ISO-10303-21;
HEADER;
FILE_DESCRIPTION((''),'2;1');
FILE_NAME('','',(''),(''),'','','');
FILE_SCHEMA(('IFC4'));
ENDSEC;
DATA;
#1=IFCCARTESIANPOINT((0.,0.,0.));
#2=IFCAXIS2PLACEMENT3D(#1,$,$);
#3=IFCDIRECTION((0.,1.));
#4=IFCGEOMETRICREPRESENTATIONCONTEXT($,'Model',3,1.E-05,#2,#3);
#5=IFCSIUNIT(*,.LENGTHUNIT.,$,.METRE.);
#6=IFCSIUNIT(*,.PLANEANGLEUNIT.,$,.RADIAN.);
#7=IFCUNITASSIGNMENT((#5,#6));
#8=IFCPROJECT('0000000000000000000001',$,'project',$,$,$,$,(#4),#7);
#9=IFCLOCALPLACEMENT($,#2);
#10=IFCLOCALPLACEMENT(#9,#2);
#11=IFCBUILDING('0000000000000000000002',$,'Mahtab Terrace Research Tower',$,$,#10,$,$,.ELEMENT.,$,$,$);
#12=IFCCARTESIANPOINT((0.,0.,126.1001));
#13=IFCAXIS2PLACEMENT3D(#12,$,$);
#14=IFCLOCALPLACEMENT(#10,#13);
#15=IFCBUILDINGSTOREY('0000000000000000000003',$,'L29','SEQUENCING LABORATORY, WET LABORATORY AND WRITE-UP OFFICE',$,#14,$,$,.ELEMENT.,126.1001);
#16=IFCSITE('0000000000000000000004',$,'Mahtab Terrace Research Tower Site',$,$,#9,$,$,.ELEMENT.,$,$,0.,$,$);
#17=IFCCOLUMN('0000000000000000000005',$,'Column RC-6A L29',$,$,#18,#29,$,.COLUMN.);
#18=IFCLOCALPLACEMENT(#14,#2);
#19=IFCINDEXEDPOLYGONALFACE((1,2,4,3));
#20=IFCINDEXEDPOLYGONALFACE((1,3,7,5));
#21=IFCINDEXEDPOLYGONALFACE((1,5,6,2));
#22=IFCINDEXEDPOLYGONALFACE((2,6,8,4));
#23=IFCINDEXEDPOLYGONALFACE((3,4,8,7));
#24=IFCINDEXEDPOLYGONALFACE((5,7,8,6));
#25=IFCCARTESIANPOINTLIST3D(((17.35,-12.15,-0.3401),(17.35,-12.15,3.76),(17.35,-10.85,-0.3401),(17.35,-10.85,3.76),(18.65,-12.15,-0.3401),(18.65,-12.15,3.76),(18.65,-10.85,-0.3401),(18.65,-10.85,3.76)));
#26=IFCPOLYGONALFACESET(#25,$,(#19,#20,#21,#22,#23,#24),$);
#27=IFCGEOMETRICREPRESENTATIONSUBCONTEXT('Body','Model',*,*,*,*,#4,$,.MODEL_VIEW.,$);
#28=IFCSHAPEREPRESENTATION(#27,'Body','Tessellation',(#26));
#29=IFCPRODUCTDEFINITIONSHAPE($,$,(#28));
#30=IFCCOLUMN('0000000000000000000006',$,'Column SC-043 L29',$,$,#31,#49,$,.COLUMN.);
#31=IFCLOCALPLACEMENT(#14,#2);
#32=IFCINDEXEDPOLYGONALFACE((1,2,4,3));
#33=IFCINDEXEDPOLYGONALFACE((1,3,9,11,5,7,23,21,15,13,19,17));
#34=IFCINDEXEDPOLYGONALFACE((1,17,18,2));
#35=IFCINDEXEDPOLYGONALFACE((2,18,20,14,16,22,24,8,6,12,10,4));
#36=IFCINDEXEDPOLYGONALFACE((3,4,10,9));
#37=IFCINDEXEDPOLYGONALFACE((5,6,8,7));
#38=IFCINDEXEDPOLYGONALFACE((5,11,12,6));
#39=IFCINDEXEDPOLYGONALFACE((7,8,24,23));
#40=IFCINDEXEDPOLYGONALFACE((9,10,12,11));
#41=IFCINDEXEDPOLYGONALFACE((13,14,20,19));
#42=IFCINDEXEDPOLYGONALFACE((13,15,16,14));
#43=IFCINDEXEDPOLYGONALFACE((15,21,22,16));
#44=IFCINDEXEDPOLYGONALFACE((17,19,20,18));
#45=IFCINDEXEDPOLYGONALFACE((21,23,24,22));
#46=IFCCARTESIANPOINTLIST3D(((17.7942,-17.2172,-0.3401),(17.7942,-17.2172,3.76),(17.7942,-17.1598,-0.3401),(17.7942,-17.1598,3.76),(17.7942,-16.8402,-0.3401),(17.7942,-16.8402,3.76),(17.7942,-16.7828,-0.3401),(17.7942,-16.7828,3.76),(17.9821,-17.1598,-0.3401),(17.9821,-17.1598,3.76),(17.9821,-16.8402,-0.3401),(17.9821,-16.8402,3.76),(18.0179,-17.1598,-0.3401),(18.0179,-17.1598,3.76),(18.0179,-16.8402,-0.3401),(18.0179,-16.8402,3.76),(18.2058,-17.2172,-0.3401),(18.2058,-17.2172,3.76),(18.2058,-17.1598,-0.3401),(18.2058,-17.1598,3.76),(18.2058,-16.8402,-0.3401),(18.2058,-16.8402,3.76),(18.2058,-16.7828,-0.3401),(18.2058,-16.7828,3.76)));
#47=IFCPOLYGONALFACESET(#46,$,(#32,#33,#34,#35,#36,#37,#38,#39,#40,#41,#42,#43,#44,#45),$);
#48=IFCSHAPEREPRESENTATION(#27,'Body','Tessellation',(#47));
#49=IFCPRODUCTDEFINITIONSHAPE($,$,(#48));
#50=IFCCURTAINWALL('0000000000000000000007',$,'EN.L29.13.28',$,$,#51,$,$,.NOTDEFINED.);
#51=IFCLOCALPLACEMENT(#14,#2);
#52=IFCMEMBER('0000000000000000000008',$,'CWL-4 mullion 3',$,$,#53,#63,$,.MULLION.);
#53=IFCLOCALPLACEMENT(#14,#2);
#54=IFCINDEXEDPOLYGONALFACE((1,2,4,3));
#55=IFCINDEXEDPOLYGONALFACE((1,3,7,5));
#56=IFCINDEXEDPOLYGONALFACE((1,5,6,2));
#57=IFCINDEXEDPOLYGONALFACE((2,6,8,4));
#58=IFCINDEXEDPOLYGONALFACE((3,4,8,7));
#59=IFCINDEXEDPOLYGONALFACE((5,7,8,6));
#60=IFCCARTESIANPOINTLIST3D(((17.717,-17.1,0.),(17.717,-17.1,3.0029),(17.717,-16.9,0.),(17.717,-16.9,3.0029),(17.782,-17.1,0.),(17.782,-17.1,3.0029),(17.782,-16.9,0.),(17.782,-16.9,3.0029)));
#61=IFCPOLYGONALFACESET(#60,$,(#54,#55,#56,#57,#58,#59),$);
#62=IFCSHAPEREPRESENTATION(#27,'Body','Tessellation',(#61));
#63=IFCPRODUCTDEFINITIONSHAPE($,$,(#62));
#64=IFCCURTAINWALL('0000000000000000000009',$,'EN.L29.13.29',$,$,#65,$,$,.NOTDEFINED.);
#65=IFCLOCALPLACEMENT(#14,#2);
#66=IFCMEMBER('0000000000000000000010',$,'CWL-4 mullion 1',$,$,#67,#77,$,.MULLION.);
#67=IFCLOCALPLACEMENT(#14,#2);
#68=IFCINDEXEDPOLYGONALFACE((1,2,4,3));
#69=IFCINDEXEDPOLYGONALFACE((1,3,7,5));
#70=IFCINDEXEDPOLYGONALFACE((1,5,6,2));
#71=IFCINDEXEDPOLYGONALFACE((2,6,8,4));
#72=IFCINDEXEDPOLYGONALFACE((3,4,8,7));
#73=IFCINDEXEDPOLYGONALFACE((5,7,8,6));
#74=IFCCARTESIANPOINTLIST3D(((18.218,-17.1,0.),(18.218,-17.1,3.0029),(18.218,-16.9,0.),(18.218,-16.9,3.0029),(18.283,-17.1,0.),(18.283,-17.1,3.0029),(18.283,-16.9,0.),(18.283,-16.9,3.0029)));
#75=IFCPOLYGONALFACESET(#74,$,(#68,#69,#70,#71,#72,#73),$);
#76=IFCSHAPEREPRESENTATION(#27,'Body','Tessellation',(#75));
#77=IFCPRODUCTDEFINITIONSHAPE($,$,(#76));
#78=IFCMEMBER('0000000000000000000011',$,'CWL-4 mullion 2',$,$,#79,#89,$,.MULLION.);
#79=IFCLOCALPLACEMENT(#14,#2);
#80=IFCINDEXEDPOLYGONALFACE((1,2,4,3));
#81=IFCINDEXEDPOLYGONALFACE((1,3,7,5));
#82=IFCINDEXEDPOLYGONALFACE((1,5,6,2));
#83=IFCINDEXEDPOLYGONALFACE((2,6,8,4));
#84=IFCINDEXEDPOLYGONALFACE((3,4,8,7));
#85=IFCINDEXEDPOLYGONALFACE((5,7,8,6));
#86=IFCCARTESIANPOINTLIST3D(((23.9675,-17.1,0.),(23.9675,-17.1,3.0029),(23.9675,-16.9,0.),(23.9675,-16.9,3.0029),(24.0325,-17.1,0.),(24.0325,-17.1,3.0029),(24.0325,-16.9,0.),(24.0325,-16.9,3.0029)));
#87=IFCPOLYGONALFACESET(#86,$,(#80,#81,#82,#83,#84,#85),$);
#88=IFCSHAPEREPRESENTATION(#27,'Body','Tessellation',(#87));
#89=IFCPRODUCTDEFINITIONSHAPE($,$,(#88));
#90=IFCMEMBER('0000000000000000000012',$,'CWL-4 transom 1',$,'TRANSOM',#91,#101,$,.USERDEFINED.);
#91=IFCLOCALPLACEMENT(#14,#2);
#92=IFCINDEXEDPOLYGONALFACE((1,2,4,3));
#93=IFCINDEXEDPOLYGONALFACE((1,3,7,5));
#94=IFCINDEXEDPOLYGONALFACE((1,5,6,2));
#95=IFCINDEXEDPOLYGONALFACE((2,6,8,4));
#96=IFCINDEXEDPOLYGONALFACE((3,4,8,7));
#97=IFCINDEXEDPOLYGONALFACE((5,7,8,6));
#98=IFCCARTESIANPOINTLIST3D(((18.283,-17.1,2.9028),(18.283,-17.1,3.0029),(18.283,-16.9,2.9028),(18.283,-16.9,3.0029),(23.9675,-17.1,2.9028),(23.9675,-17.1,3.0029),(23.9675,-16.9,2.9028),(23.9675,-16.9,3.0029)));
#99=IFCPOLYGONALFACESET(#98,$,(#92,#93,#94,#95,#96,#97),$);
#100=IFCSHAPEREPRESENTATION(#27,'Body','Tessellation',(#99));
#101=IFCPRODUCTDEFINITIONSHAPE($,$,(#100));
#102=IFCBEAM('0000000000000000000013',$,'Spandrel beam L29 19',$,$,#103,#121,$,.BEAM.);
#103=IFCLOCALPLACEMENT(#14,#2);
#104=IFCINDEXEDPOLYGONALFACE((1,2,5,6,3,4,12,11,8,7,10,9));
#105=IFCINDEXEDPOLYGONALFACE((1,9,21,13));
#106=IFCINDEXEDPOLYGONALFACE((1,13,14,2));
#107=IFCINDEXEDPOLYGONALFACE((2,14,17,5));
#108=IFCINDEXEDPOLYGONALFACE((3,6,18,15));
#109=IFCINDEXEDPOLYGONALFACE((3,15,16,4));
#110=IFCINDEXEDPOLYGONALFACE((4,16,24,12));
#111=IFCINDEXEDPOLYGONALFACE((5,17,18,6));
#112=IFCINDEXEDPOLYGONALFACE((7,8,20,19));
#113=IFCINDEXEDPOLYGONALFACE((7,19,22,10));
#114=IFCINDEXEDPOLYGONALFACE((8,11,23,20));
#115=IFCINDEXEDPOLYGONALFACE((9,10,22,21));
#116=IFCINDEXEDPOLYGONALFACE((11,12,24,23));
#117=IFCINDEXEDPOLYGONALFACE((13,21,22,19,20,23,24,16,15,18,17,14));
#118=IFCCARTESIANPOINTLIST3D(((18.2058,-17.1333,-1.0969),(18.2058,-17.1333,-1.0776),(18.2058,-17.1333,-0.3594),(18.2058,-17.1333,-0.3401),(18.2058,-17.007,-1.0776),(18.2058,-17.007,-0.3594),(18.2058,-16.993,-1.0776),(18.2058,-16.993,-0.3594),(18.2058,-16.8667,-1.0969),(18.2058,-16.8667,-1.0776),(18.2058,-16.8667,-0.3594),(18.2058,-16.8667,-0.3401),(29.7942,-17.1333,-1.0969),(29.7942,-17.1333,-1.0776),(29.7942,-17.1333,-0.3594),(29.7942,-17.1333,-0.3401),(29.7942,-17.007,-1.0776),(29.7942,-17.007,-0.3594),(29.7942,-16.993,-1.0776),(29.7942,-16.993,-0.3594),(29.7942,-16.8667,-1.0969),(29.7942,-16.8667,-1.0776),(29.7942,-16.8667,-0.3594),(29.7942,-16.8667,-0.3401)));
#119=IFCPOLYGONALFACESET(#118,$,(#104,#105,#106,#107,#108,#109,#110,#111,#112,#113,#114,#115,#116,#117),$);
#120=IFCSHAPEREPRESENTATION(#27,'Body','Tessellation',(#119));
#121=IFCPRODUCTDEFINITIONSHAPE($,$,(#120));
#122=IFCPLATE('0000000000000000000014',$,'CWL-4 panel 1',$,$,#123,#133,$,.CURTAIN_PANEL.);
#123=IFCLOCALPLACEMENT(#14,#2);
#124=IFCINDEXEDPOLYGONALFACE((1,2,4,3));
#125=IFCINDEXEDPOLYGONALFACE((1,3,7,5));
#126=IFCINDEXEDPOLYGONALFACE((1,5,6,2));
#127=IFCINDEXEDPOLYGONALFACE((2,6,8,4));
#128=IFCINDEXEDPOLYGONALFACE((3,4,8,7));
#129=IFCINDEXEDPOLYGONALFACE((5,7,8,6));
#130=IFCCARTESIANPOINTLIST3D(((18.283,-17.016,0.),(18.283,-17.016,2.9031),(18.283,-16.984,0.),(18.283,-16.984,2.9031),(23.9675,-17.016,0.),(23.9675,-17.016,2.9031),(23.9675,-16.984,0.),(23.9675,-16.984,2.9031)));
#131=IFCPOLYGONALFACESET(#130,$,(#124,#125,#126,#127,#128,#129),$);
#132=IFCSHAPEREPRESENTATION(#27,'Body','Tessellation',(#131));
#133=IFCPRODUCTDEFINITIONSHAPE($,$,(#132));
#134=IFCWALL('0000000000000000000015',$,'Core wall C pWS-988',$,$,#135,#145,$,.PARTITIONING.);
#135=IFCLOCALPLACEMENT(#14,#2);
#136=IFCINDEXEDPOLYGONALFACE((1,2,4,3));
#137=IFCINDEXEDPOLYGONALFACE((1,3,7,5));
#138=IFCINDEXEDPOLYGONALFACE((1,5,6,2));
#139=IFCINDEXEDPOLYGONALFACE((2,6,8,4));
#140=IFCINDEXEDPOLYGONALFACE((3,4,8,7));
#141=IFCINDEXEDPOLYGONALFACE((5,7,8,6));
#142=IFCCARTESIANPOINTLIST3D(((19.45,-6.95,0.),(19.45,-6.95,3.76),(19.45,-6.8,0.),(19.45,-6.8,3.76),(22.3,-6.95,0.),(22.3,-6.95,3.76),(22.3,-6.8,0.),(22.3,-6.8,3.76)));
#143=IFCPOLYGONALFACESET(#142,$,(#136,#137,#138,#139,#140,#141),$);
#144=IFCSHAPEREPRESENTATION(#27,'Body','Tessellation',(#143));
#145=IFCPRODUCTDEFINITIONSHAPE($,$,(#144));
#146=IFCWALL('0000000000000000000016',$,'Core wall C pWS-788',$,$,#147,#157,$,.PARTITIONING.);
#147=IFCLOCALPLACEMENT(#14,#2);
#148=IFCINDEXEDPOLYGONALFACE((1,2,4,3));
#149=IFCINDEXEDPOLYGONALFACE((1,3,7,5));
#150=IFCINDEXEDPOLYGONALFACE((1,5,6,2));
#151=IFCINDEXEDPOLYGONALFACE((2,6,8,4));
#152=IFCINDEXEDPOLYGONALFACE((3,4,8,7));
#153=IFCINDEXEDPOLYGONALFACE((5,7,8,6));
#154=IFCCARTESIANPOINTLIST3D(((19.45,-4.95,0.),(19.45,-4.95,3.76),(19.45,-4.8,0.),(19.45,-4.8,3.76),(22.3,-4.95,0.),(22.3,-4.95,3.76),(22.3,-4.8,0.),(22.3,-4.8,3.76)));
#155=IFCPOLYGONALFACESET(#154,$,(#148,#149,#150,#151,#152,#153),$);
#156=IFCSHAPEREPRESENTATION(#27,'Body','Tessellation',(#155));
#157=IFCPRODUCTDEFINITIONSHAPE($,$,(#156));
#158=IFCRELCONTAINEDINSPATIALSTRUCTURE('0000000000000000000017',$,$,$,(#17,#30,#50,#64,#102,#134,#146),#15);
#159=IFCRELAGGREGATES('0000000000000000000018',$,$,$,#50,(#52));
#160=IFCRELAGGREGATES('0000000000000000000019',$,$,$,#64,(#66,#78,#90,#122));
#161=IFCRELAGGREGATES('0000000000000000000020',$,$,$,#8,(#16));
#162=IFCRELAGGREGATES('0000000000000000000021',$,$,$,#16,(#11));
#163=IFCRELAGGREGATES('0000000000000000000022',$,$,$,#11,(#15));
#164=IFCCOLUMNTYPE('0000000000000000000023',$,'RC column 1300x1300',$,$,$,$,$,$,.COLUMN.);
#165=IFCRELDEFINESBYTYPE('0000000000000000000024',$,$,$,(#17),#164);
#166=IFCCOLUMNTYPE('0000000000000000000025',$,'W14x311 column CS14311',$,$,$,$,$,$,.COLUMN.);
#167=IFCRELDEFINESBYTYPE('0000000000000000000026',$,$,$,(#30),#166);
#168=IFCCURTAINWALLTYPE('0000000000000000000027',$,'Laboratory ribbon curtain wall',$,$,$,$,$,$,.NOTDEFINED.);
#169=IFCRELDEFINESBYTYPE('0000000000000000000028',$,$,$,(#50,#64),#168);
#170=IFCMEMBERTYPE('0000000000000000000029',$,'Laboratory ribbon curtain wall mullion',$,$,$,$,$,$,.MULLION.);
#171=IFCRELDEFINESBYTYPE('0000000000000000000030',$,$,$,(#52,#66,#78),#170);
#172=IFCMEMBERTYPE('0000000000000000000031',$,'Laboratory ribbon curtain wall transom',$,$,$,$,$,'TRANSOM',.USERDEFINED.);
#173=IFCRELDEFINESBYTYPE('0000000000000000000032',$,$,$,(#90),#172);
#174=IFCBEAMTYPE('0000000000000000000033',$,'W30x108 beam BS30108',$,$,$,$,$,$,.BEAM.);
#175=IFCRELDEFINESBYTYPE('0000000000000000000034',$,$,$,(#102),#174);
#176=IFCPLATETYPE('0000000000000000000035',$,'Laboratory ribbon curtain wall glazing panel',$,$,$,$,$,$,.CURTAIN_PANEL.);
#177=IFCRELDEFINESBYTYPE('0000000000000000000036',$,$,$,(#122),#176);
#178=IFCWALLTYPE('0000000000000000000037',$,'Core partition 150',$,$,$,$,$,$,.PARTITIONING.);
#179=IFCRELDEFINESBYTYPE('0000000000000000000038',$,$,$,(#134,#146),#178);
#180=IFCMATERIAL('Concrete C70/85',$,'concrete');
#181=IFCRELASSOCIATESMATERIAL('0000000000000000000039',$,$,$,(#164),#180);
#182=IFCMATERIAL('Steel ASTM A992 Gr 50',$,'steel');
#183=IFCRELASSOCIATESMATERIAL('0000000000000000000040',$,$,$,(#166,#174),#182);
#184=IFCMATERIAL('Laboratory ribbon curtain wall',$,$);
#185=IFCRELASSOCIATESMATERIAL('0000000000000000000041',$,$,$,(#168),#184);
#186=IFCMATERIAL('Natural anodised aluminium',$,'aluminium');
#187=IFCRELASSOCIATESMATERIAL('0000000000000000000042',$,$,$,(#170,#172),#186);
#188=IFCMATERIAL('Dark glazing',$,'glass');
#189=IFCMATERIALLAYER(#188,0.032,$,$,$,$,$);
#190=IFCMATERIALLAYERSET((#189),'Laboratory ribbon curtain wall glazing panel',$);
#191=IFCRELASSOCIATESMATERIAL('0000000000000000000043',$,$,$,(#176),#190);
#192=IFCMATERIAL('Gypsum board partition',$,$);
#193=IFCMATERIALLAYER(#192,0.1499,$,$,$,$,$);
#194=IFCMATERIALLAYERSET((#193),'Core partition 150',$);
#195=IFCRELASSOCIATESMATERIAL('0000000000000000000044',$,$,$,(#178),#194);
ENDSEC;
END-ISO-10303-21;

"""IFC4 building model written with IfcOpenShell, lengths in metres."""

from ifc_helpers import new_model, si_unit, direction, frame, frame_2d, origin, origin_2d, place, context, subcontext, project, spatial, rectangle, i_section, extrude, material, layer, layer_set, material_profile, profile_set, type_object, element, aggregate, save


model = new_model("IFC4")

# Units and contexts
model_context = context("Model", 3, precision=1e-05, world=origin(), true_north=direction((0.0, 1.0)))
body_context = subcontext(model_context, "Body", "Model", "MODEL_VIEW")
ifc_project = project(units=[si_unit("LENGTHUNIT", "METRE"), si_unit("PLANEANGLEUNIT", "RADIAN")], contexts=[model_context])

# Site, building, storey
site_placement = place(None, origin())
site = spatial("IfcSite", under=ifc_project, at=site_placement, Name="Mahtab Terrace Research Tower Site", CompositionType="ELEMENT", RefElevation=0.0)
building_placement = place(site_placement, origin())
building = spatial("IfcBuilding", under=site, at=building_placement, Name="Mahtab Terrace Research Tower", CompositionType="ELEMENT")
storey_placement = place(building_placement, frame((0.0, 0.0, 126.1001)))
storey = spatial("IfcBuildingStorey", under=building, at=storey_placement, Name="L29", Description="SEQUENCING LABORATORY, WET LABORATORY AND WRITE-UP OFFICE", CompositionType="ELEMENT", Elevation=126.1001)

# Columns
ifc_material_1 = material(Name="Concrete C70/85", Category="concrete")
ifc_material_profile_1 = material_profile(ifc_material_1, rectangle(XDim=1.3, YDim=1.3, at=origin_2d()), Name="RC column 1300x1300")
ifc_profile_set_1 = profile_set([ifc_material_profile_1], Name="Concrete C70/85")
column_type_1 = type_object("IfcColumnType", Name="RC column 1300x1300", PredefinedType="COLUMN", material=ifc_profile_set_1)
column_1_placement = place(storey_placement, frame((18.0, -11.5, -0.3401), z_axis=(0.0, 0.0, 1.0), x_axis=(1.0, 0.0, 0.0)))
element("IfcColumn", 1, at=column_1_placement, inside=storey, type_object=column_type_1, Name="Column RC-6A L29", PredefinedType="COLUMN", context=body_context, shape_type="SweptSolid", body=[
    extrude(rectangle(XDim=1.3, YDim=1.3, at=origin_2d()), origin(), (0.0, 0.0, 1.0), 4.1001),
])
ifc_material_2 = material(Name="Steel ASTM A992 Gr 50", Category="steel")
ifc_material_profile_2 = material_profile(ifc_material_2, i_section(OverallWidth=0.4116, OverallDepth=0.4343, WebThickness=0.0359, FlangeThickness=0.0574, at=origin_2d()), Name="W14X311")
ifc_profile_set_2 = profile_set([ifc_material_profile_2], Name="Steel ASTM A992 Gr 50")
column_type_2 = type_object("IfcColumnType", Name="W14x311 column CS14311", PredefinedType="COLUMN", material=ifc_profile_set_2)
column_2_placement = place(storey_placement, frame((18.0, -17.0, -0.3401), z_axis=(0.0, 0.0, 1.0), x_axis=(1.0, 0.0, 0.0)))
element("IfcColumn", 2, at=column_2_placement, inside=storey, type_object=column_type_2, Name="Column SC-043 L29", PredefinedType="COLUMN", context=body_context, shape_type="SweptSolid", body=[
    extrude(i_section(OverallWidth=0.4116, OverallDepth=0.4343, WebThickness=0.0359, FlangeThickness=0.0574, at=origin_2d()), origin(), (0.0, 0.0, 1.0), 4.1001),
])

# Curtain wall, member
ifc_material_3 = material(Name="Laboratory ribbon curtain wall")
curtain_wall_type = type_object("IfcCurtainWallType", Name="Laboratory ribbon curtain wall", PredefinedType="NOTDEFINED", material=ifc_material_3)
curtain_wall_1_placement = place(storey_placement, origin())
curtain_wall_1 = element("IfcCurtainWall", 3, at=curtain_wall_1_placement, inside=storey, type_object=curtain_wall_type, Name="EN.L29.13.28", PredefinedType="NOTDEFINED")
ifc_material_4 = material(Name="Natural anodised aluminium", Category="aluminium")
ifc_material_profile_3 = material_profile(ifc_material_4, rectangle(XDim=0.2, YDim=0.0649, at=origin_2d()), Name="MULLION 65x200")
ifc_profile_set_3 = profile_set([ifc_material_profile_3], Name="Natural anodised aluminium")
member_type_1 = type_object("IfcMemberType", Name="Laboratory ribbon curtain wall mullion", PredefinedType="MULLION", material=ifc_profile_set_3)
member_1_placement = place(storey_placement, frame((17.7495, -17.0, 0.0), z_axis=(0.0, 0.0, 1.0), x_axis=(0.0, 1.0, 0.0)))
member_1 = element("IfcMember", 4, at=member_1_placement, type_object=member_type_1, Name="CWL-4 mullion 3", PredefinedType="MULLION", context=body_context, shape_type="SweptSolid", body=[
    extrude(rectangle(XDim=0.2, YDim=0.0649, at=origin_2d()), origin(), (0.0, 0.0, 1.0), 3.0029),
])
aggregate(curtain_wall_1, [member_1])

# Curtain wall, members
curtain_wall_2_placement = place(storey_placement, origin())
curtain_wall_2 = element("IfcCurtainWall", 5, at=curtain_wall_2_placement, inside=storey, type_object=curtain_wall_type, Name="EN.L29.13.29", PredefinedType="NOTDEFINED")
member_2_placement = place(storey_placement, frame((18.2505, -17.0, 0.0), z_axis=(0.0, 0.0, 1.0), x_axis=(0.0, 1.0, 0.0)))
member_2 = element("IfcMember", 6, at=member_2_placement, type_object=member_type_1, Name="CWL-4 mullion 1", PredefinedType="MULLION", context=body_context, shape_type="SweptSolid", body=[
    extrude(rectangle(XDim=0.2, YDim=0.0649, at=origin_2d()), origin(), (0.0, 0.0, 1.0), 3.0029),
])
member_3_placement = place(storey_placement, frame((24.0, -17.0, 0.0), z_axis=(0.0, 0.0, 1.0), x_axis=(0.0, 1.0, 0.0)))
member_3 = element("IfcMember", 7, at=member_3_placement, type_object=member_type_1, Name="CWL-4 mullion 2", PredefinedType="MULLION", context=body_context, shape_type="SweptSolid", body=[
    extrude(rectangle(XDim=0.2, YDim=0.0649, at=origin_2d()), origin(), (0.0, 0.0, 1.0), 3.0029),
])
ifc_material_profile_4 = material_profile(ifc_material_4, rectangle(XDim=0.2, YDim=0.1001, at=origin_2d()), Name="TRANSOM 100x200")
ifc_profile_set_4 = profile_set([ifc_material_profile_4], Name="Natural anodised aluminium")
member_type_2 = type_object("IfcMemberType", Name="Laboratory ribbon curtain wall transom", ElementType="TRANSOM", PredefinedType="USERDEFINED", material=ifc_profile_set_4)
member_4_placement = place(storey_placement, frame((18.283, -17.0, 2.9529), z_axis=(1.0, 0.0, 0.0), x_axis=(0.0, 1.0, 0.0)))
member_4 = element("IfcMember", 8, at=member_4_placement, type_object=member_type_2, Name="CWL-4 transom 1", ObjectType="TRANSOM", PredefinedType="USERDEFINED", context=body_context, shape_type="SweptSolid", body=[
    extrude(rectangle(XDim=0.2, YDim=0.1001, at=origin_2d()), origin(), (0.0, 0.0, 1.0), 5.6846),
])

# Beam
ifc_material_profile_5 = material_profile(ifc_material_2, i_section(OverallWidth=0.2666, OverallDepth=0.7568, WebThickness=0.0139, FlangeThickness=0.0193, at=origin_2d()), Name="W30X108")
ifc_profile_set_5 = profile_set([ifc_material_profile_5], Name="Steel ASTM A992 Gr 50")
beam_type = type_object("IfcBeamType", Name="W30x108 beam BS30108", PredefinedType="BEAM", material=ifc_profile_set_5)
beam_placement = place(storey_placement, frame((18.2058, -17.0, -0.7185), z_axis=(1.0, 0.0, 0.0), x_axis=(0.0, 1.0, 0.0)))
element("IfcBeam", 9, at=beam_placement, inside=storey, type_object=beam_type, Name="Spandrel beam L29 19", PredefinedType="BEAM", context=body_context, shape_type="SweptSolid", body=[
    extrude(i_section(OverallWidth=0.2666, OverallDepth=0.7568, WebThickness=0.0139, FlangeThickness=0.0193, at=origin_2d()), origin(), (0.0, 0.0, 1.0), 11.5884),
])

# Plate
ifc_material_5 = material(Name="Dark glazing", Category="glass")
ifc_layer_1 = layer(ifc_material_5, 0.032)
ifc_layer_set_1 = layer_set([ifc_layer_1], Name="Laboratory ribbon curtain wall glazing panel")
plate_type = type_object("IfcPlateType", Name="Laboratory ribbon curtain wall glazing panel", PredefinedType="CURTAIN_PANEL", material=ifc_layer_set_1)
plate_placement = place(storey_placement, frame((21.1252, -17.0, 0.0), z_axis=(0.0, 0.0, 1.0), x_axis=(1.0, 0.0, 0.0)))
plate = element("IfcPlate", 10, at=plate_placement, type_object=plate_type, Name="CWL-4 panel 1", PredefinedType="CURTAIN_PANEL", context=body_context, shape_type="SweptSolid", body=[
    extrude(rectangle(XDim=5.6846, YDim=0.032, at=origin_2d()), origin(), (0.0, 0.0, 1.0), 2.9031),
])
aggregate(curtain_wall_2, [member_2, member_3, member_4, plate])

# Walls
ifc_material_6 = material(Name="Gypsum board partition")
ifc_layer_2 = layer(ifc_material_6, 0.1499)
ifc_layer_set_2 = layer_set([ifc_layer_2], Name="Core partition 150")
wall_type_1 = type_object("IfcWallType", Name="Core partition 150", PredefinedType="PARTITIONING", material=ifc_layer_set_2)
for number, where, z_axis, x_axis, name in (
    (11, (19.45, -6.875, 0.0), (0.0, 0.0, 1.0), (1.0, 0.0, 0.0), "Core wall C pWS-988"),
    (12, (19.45, -4.875, 0.0), (0.0, 0.0, 1.0), (1.0, 0.0, 0.0), "Core wall C pWS-788"),
):
    element("IfcWall", number, at=place(storey_placement, frame(where, z_axis=z_axis, x_axis=x_axis)), inside=storey, type_object=wall_type_1, Name=name, PredefinedType="PARTITIONING", context=body_context, shape_type="SweptSolid", body=[
        extrude(rectangle(XDim=2.8501, YDim=0.1499, at=frame_2d((1.425, 0.0))), origin(), (0.0, 0.0, 1.0), 3.76),
    ])

save(model, "model.ifc")
